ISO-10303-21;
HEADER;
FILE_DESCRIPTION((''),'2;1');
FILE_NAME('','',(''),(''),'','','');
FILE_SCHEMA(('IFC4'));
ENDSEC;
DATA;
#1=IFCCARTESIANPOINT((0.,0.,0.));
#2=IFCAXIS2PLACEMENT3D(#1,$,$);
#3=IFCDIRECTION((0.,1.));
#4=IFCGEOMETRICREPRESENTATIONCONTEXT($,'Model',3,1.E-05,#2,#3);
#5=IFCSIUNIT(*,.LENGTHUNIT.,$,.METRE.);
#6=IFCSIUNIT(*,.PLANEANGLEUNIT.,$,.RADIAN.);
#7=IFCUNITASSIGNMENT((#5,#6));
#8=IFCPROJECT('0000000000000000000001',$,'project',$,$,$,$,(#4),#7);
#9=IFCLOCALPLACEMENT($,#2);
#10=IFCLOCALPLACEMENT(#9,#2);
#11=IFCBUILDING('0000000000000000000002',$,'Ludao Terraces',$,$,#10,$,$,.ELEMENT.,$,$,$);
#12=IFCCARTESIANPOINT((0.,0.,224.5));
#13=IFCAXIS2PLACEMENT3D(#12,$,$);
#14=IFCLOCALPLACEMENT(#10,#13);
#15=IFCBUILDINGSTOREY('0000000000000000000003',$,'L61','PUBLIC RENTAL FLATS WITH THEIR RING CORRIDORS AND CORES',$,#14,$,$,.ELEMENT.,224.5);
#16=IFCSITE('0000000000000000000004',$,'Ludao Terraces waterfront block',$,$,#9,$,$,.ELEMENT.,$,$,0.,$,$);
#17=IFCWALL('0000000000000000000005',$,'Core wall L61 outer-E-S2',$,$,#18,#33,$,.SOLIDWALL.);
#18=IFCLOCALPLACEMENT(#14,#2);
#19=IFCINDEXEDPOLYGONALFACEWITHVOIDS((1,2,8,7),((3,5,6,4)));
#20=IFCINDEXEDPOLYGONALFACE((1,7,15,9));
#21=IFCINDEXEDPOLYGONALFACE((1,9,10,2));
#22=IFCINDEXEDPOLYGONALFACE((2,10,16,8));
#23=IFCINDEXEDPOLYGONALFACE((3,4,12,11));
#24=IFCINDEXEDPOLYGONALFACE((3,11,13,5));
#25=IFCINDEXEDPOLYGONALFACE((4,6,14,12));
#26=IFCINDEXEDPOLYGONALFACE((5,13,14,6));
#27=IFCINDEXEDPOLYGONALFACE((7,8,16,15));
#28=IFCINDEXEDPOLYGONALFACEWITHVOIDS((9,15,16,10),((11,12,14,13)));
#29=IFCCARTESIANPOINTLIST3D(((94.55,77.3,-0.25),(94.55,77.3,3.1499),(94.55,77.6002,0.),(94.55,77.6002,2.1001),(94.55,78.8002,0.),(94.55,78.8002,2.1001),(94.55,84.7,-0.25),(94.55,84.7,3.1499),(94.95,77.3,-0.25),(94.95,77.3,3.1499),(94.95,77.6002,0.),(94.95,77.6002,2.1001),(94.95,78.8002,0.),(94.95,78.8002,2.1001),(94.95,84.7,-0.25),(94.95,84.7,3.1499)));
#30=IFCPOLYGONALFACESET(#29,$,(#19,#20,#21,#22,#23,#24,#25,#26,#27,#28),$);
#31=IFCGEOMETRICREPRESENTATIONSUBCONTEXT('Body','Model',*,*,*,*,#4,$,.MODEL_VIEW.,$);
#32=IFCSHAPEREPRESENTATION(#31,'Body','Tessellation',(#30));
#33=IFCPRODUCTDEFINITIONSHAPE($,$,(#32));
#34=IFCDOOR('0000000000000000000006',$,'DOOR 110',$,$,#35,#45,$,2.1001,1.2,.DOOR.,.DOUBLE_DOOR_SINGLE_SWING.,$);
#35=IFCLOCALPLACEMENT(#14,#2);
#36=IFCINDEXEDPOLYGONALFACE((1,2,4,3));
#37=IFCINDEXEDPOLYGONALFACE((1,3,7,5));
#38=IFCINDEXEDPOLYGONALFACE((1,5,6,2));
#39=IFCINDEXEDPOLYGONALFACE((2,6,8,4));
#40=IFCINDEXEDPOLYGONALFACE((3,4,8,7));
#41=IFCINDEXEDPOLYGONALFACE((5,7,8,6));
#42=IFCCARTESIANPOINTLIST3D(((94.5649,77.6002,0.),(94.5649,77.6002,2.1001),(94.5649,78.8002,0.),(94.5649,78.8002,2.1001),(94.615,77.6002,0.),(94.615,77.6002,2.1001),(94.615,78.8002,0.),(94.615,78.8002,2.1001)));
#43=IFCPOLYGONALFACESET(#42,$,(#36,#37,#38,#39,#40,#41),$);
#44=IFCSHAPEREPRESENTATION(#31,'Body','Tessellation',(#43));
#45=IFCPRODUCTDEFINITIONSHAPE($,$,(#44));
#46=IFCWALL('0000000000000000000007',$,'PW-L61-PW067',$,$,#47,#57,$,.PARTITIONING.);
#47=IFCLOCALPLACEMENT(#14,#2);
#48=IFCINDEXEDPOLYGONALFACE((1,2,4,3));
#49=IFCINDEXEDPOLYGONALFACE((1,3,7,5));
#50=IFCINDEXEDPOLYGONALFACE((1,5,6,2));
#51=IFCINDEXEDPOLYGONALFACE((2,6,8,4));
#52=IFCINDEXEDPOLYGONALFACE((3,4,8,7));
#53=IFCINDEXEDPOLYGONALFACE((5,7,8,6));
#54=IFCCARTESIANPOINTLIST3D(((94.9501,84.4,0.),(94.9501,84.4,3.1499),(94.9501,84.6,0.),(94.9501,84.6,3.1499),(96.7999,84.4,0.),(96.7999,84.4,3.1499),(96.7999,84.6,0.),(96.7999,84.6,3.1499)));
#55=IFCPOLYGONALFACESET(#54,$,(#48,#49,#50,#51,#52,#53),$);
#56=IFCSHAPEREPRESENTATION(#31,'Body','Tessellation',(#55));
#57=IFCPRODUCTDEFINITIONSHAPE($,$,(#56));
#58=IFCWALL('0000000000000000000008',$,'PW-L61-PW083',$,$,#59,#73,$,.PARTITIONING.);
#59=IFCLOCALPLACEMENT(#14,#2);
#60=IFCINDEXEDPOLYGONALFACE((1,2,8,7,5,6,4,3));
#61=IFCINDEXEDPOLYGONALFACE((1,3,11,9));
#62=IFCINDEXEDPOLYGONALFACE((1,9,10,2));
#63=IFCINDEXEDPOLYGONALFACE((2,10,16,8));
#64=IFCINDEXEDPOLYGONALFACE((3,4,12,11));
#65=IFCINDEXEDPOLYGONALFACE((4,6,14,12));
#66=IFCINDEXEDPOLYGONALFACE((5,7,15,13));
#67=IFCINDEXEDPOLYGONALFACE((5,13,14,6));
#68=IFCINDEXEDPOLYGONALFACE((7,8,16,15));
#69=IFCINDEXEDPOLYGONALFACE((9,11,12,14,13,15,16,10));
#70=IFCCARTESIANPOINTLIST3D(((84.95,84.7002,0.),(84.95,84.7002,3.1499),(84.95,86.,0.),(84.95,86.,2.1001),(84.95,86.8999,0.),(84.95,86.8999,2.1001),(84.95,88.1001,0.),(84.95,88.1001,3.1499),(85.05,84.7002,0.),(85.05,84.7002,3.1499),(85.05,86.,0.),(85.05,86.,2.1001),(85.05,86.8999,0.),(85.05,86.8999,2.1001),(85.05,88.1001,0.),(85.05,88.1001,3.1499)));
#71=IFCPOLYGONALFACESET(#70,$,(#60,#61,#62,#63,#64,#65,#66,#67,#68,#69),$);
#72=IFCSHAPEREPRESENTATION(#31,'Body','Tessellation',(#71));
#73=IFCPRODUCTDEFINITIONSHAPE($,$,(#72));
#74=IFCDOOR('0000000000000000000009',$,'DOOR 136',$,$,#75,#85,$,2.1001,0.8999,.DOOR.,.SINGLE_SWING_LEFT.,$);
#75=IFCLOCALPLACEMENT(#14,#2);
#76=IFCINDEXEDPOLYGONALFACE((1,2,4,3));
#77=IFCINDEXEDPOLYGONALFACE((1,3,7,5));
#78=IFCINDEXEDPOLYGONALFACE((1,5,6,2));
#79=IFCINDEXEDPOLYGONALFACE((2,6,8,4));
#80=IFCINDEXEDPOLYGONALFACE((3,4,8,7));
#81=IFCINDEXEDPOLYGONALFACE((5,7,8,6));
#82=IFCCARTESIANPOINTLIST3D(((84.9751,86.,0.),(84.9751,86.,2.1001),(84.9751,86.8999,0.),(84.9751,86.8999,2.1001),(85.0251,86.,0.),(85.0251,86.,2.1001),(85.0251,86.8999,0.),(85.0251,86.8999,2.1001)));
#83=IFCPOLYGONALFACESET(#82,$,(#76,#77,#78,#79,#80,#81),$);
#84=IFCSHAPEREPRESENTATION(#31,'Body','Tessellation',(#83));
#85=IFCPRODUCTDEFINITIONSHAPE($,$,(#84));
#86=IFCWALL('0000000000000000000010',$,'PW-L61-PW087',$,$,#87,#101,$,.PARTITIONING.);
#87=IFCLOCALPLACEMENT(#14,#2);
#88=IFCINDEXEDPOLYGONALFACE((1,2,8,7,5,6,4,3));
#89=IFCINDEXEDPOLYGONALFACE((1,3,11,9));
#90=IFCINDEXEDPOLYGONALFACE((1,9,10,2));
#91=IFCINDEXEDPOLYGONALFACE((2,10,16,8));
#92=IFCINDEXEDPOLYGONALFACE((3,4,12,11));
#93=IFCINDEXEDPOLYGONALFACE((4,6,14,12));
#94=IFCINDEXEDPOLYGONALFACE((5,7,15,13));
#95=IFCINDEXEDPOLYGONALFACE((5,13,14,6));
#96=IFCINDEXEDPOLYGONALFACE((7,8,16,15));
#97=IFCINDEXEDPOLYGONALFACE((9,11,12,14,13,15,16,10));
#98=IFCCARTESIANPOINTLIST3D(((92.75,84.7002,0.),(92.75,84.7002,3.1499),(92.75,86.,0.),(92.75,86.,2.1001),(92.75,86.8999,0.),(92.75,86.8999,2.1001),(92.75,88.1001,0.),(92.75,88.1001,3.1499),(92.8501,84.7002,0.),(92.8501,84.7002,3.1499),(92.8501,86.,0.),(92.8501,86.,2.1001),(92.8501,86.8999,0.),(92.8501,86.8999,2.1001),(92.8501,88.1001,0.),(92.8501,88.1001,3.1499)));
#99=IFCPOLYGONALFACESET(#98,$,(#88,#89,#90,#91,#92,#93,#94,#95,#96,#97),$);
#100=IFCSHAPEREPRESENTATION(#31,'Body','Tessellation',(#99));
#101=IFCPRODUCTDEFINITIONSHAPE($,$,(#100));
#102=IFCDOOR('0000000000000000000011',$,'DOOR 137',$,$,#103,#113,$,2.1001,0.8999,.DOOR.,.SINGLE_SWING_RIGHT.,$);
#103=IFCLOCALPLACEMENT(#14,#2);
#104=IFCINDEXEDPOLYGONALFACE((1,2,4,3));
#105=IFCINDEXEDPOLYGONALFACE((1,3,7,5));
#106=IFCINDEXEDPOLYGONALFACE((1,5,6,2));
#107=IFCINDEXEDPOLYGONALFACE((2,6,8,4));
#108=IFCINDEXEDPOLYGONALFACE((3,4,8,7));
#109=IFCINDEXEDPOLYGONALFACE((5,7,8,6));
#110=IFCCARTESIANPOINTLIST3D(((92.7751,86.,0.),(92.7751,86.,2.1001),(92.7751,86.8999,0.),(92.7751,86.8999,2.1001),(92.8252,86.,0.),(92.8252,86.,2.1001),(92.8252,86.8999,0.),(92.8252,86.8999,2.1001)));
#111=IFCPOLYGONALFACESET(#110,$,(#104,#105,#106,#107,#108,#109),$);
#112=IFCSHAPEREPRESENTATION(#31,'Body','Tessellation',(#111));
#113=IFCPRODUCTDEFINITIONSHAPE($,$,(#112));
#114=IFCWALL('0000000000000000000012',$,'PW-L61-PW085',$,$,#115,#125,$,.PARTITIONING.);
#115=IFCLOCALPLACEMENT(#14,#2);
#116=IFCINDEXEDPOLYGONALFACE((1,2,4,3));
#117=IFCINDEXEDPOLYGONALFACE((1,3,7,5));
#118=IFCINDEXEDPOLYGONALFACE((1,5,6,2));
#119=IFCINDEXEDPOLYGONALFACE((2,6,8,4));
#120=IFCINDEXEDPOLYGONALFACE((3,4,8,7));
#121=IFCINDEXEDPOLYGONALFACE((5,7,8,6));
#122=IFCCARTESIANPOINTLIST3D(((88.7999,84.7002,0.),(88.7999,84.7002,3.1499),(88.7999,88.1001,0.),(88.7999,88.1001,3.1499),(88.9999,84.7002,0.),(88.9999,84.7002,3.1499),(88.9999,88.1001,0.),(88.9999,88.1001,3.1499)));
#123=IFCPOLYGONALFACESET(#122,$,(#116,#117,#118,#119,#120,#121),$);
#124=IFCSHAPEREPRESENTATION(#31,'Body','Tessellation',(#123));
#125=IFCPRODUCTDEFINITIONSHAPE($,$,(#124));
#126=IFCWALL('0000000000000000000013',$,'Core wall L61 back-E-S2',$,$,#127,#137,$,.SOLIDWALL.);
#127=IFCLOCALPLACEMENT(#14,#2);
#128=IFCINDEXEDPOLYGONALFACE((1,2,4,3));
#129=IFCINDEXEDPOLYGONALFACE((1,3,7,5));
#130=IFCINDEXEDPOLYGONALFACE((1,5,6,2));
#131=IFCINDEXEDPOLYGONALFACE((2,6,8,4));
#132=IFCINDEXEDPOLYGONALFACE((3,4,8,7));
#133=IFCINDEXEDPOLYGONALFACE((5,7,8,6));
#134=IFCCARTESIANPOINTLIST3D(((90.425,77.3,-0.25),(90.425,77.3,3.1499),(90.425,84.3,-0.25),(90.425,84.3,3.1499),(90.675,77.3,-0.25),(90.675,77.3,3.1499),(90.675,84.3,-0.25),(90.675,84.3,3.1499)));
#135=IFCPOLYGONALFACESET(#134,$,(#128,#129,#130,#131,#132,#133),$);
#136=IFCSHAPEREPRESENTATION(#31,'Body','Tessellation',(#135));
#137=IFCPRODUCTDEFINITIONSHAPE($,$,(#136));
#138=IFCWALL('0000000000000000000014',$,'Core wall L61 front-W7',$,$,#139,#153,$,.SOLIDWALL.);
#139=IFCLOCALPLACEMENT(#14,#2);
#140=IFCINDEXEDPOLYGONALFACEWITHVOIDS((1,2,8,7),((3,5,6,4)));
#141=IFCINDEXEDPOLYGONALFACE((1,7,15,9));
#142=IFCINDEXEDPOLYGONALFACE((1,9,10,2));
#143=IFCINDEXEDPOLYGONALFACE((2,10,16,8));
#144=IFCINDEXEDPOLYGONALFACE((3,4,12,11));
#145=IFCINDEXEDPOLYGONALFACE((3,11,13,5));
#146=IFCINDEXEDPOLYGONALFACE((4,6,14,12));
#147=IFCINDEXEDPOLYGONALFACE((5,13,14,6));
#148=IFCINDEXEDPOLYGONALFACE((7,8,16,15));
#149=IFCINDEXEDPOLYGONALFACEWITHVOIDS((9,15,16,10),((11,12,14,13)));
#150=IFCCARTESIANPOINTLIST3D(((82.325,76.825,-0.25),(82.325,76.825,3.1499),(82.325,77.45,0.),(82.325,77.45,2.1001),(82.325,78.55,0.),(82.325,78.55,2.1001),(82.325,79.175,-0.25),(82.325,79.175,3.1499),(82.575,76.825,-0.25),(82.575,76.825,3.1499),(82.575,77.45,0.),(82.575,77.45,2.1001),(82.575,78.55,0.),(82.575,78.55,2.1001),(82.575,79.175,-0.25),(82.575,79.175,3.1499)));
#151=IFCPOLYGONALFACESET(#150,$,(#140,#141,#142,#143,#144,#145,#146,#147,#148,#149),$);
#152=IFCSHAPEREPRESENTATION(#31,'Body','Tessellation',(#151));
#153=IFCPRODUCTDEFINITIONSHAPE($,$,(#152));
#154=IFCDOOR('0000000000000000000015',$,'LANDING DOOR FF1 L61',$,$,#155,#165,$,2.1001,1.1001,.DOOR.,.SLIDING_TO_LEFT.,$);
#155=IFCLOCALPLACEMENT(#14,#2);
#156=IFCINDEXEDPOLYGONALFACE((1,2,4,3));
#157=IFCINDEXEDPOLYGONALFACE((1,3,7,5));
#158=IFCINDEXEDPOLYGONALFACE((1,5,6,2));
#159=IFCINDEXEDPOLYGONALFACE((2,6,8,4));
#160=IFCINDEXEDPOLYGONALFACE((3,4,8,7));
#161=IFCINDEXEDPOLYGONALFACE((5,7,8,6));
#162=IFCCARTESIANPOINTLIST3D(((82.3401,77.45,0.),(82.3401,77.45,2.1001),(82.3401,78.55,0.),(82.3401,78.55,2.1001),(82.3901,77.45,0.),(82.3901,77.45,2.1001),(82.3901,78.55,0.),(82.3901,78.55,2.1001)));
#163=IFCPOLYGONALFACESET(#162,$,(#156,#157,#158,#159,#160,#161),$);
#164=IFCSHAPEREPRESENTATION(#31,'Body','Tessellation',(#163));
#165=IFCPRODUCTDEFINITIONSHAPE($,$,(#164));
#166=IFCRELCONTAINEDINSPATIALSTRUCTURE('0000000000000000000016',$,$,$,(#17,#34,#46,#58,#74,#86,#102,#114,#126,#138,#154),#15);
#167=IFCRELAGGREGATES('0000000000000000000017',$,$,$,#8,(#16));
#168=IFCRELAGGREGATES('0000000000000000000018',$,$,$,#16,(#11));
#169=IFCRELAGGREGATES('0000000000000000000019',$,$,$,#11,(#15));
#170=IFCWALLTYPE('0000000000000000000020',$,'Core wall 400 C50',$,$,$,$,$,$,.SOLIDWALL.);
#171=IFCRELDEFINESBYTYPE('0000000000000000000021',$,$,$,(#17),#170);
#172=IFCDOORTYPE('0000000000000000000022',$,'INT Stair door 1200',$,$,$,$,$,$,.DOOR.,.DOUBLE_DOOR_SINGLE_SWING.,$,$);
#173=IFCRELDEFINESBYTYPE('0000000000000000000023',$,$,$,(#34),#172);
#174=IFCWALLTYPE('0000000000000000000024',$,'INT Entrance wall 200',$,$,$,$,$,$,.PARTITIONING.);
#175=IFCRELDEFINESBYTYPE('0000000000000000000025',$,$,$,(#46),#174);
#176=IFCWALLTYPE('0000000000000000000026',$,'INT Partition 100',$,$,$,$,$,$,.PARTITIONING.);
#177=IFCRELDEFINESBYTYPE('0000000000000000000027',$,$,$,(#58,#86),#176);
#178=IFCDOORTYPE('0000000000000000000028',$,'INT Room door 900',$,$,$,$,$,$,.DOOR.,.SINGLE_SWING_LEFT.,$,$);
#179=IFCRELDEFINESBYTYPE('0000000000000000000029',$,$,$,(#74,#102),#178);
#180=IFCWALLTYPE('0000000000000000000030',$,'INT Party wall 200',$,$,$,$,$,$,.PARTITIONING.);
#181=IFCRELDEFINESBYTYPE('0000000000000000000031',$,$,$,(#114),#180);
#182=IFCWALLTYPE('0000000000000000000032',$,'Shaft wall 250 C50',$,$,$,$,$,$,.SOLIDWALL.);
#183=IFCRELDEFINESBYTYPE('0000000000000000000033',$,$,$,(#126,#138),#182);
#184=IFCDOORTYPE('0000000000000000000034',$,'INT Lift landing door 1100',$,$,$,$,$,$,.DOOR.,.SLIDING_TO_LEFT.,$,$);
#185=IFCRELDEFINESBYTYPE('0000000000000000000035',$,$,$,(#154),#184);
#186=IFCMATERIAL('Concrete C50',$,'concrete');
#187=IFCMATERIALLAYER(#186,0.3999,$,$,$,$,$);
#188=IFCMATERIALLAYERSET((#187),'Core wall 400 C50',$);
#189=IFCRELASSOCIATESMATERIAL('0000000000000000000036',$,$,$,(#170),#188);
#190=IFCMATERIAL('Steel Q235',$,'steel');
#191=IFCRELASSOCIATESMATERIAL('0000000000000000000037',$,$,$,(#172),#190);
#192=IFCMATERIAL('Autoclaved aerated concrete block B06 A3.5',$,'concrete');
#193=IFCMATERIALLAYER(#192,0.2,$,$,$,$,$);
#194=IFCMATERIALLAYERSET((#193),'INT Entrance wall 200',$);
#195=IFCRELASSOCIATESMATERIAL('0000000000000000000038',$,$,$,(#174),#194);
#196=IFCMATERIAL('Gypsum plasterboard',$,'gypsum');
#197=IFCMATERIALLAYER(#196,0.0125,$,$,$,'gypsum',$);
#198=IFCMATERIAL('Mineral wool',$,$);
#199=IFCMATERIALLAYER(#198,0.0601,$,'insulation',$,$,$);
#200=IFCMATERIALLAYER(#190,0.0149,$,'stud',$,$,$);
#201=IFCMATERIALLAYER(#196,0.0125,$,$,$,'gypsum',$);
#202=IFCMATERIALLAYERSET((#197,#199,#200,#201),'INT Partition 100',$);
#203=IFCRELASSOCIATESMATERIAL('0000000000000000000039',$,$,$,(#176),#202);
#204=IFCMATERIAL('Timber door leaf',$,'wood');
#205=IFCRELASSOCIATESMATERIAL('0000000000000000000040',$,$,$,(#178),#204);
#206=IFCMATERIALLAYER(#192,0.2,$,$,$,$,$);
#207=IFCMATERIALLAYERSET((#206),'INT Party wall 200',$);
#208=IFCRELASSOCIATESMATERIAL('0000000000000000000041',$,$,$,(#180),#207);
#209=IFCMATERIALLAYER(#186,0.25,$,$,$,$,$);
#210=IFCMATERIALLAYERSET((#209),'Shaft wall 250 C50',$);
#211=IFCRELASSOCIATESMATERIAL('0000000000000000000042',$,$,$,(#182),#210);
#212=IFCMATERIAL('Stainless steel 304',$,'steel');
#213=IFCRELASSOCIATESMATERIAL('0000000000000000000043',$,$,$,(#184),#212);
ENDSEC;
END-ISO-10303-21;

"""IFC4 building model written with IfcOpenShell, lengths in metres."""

from ifc_helpers import new_model, si_unit, direction, frame, frame_2d, origin, place, context, subcontext, project, spatial, rectangle, extrude, material, layer, layer_set, type_object, element, fill, save


model = new_model("IFC4")

# Units and contexts
model_context = context("Model", 3, precision=1e-05, world=origin(), true_north=direction((0.0, 1.0)))
body_context = subcontext(model_context, "Body", "Model", "MODEL_VIEW")
ifc_project = project(units=[si_unit("LENGTHUNIT", "METRE"), si_unit("PLANEANGLEUNIT", "RADIAN")], contexts=[model_context])

# Site, building, storey
site_placement = place(None, origin())
site = spatial("IfcSite", under=ifc_project, at=site_placement, Name="Ludao Terraces waterfront block", CompositionType="ELEMENT", RefElevation=0.0)
building_placement = place(site_placement, origin())
building = spatial("IfcBuilding", under=site, at=building_placement, Name="Ludao Terraces", CompositionType="ELEMENT")
storey_placement = place(building_placement, frame((0.0, 0.0, 224.5)))
storey = spatial("IfcBuildingStorey", under=building, at=storey_placement, Name="L61", Description="PUBLIC RENTAL FLATS WITH THEIR RING CORRIDORS AND CORES", CompositionType="ELEMENT", Elevation=224.5)

# Wall, opening, door
ifc_material_1 = material(Name="Concrete C50", Category="concrete")
ifc_layer_1 = layer(ifc_material_1, 0.3999)
ifc_layer_set_1 = layer_set([ifc_layer_1], Name="Core wall 400 C50")
wall_type_1 = type_object("IfcWallType", Name="Core wall 400 C50", PredefinedType="SOLIDWALL", material=ifc_layer_set_1)
wall_1_placement = place(storey_placement, frame((94.75, 77.3, -0.25), z_axis=(0.0, 0.0, 1.0), x_axis=(0.0, 1.0, 0.0)))
wall_1 = element("IfcWall", 1, at=wall_1_placement, inside=storey, type_object=wall_type_1, Name="Core wall L61 outer-E-S2", PredefinedType="SOLIDWALL", context=body_context, shape_type="SweptSolid", body=[
    extrude(rectangle(XDim=7.3999, YDim=0.3999, at=frame_2d((3.7, 0.0))), origin(), (0.0, 0.0, 1.0), 3.3999),
])
opening_1_placement = place(wall_1_placement, frame((0.3, 0.0, 0.25)))
opening_1 = element("IfcOpeningElement", 2, at=opening_1_placement, cuts=wall_1, PredefinedType="OPENING", context=body_context, shape_type="SweptSolid", body=[
    extrude(rectangle(XDim=1.2, YDim=2.1001, at=frame_2d((0.6001, 1.05))), frame((0.0, 0.21, 0.0), z_axis=(0.0, -1.0, 0.0), x_axis=(1.0, 0.0, 0.0)), (0.0, 0.0, 1.0), 0.4199),
])
ifc_material_2 = material(Name="Steel Q235", Category="steel")
door_type_1 = type_object("IfcDoorType", Name="INT Stair door 1200", OperationType="DOUBLE_DOOR_SINGLE_SWING", PredefinedType="DOOR", material=ifc_material_2)
door_1_placement = place(opening_1_placement, origin())
door_1 = element("IfcDoor", 3, at=door_1_placement, inside=storey, type_object=door_type_1, Name="DOOR 110", OperationType="DOUBLE_DOOR_SINGLE_SWING", OverallHeight=2.1001, OverallWidth=1.2, PredefinedType="DOOR", context=body_context, shape_type="SweptSolid", body=[
    extrude(rectangle(XDim=1.2, YDim=2.1001, at=frame_2d((0.6001, 1.05))), frame((0.0, 0.1851, 0.0), z_axis=(0.0, -1.0, 0.0), x_axis=(1.0, 0.0, 0.0)), (0.0, 0.0, 1.0), 0.05),
])
fill(opening_1, door_1)

# Wall
ifc_material_3 = material(Name="Autoclaved aerated concrete block B06 A3.5", Category="concrete")
ifc_layer_2 = layer(ifc_material_3, 0.2)
ifc_layer_set_2 = layer_set([ifc_layer_2], Name="INT Entrance wall 200")
wall_type_2 = type_object("IfcWallType", Name="INT Entrance wall 200", PredefinedType="PARTITIONING", material=ifc_layer_set_2)
wall_2_placement = place(storey_placement, frame((94.9502, 84.5, 0.0), z_axis=(0.0, 0.0, 1.0), x_axis=(1.0, 0.0, 0.0)))
element("IfcWall", 4, at=wall_2_placement, inside=storey, type_object=wall_type_2, Name="PW-L61-PW067", PredefinedType="PARTITIONING", context=body_context, shape_type="SweptSolid", body=[
    extrude(rectangle(XDim=1.8499, YDim=0.2, at=frame_2d((0.9248, 0.0))), origin(), (0.0, 0.0, 1.0), 3.1499),
])

# Walls, openings, doors
ifc_material_4 = material(Name="Gypsum plasterboard", Category="gypsum")
ifc_layer_3 = layer(ifc_material_4, 0.0125, Category="gypsum")
ifc_material_5 = material(Name="Mineral wool")
ifc_layer_4 = layer(ifc_material_5, 0.0601, Name="insulation")
ifc_layer_5 = layer(ifc_material_2, 0.0149, Name="stud")
ifc_layer_6 = layer(ifc_material_4, 0.0125, Category="gypsum")
ifc_layer_set_3 = layer_set([ifc_layer_3, ifc_layer_4, ifc_layer_5, ifc_layer_6], Name="INT Partition 100")
wall_type_3 = type_object("IfcWallType", Name="INT Partition 100", PredefinedType="PARTITIONING", material=ifc_layer_set_3)
wall_3_placement = place(storey_placement, frame((85.0, 84.7002, 0.0), z_axis=(0.0, 0.0, 1.0), x_axis=(0.0, 1.0, 0.0)))
wall_3 = element("IfcWall", 5, at=wall_3_placement, inside=storey, type_object=wall_type_3, Name="PW-L61-PW083", PredefinedType="PARTITIONING", context=body_context, shape_type="SweptSolid", body=[
    extrude(rectangle(XDim=3.3999, YDim=0.1001, at=frame_2d((1.7, 0.0))), origin(), (0.0, 0.0, 1.0), 3.1499),
])
opening_2_placement = place(wall_3_placement, frame((1.2998, 0.0, 0.0)))
opening_2 = element("IfcOpeningElement", 6, at=opening_2_placement, cuts=wall_3, PredefinedType="OPENING", context=body_context, shape_type="SweptSolid", body=[
    extrude(rectangle(XDim=0.8999, YDim=2.1001, at=frame_2d((0.45, 1.05))), frame((0.0, 0.0601, 0.0), z_axis=(0.0, -1.0, 0.0), x_axis=(1.0, 0.0, 0.0)), (0.0, 0.0, 1.0), 0.1201),
])
ifc_material_6 = material(Name="Timber door leaf", Category="wood")
door_type_2 = type_object("IfcDoorType", Name="INT Room door 900", OperationType="SINGLE_SWING_LEFT", PredefinedType="DOOR", material=ifc_material_6)
door_2_placement = place(opening_2_placement, origin())
door_2 = element("IfcDoor", 7, at=door_2_placement, inside=storey, type_object=door_type_2, Name="DOOR 136", OperationType="SINGLE_SWING_LEFT", OverallHeight=2.1001, OverallWidth=0.8999, PredefinedType="DOOR", context=body_context, shape_type="SweptSolid", body=[
    extrude(rectangle(XDim=0.8999, YDim=2.1001, at=frame_2d((0.45, 1.05))), frame((0.0, 0.0249, 0.0), z_axis=(0.0, -1.0, 0.0), x_axis=(1.0, 0.0, 0.0)), (0.0, 0.0, 1.0), 0.05),
])
fill(opening_2, door_2)
wall_4_placement = place(storey_placement, frame((92.8, 84.7002, 0.0), z_axis=(0.0, 0.0, 1.0), x_axis=(0.0, 1.0, 0.0)))
wall_4 = element("IfcWall", 8, at=wall_4_placement, inside=storey, type_object=wall_type_3, Name="PW-L61-PW087", PredefinedType="PARTITIONING", context=body_context, shape_type="SweptSolid", body=[
    extrude(rectangle(XDim=3.3999, YDim=0.1001, at=frame_2d((1.7, 0.0))), origin(), (0.0, 0.0, 1.0), 3.1499),
])
opening_3_placement = place(wall_4_placement, frame((1.2998, 0.0, 0.0)))
opening_3 = element("IfcOpeningElement", 9, at=opening_3_placement, cuts=wall_4, PredefinedType="OPENING", context=body_context, shape_type="SweptSolid", body=[
    extrude(rectangle(XDim=0.8999, YDim=2.1001, at=frame_2d((0.45, 1.05))), frame((0.0, 0.0601, 0.0), z_axis=(0.0, -1.0, 0.0), x_axis=(1.0, 0.0, 0.0)), (0.0, 0.0, 1.0), 0.1201),
])
door_3_placement = place(opening_3_placement, origin())
door_3 = element("IfcDoor", 10, at=door_3_placement, inside=storey, type_object=door_type_2, Name="DOOR 137", OperationType="SINGLE_SWING_RIGHT", OverallHeight=2.1001, OverallWidth=0.8999, PredefinedType="DOOR", context=body_context, shape_type="SweptSolid", body=[
    extrude(rectangle(XDim=0.8999, YDim=2.1001, at=frame_2d((0.45, 1.05))), frame((0.0, 0.0249, 0.0), z_axis=(0.0, -1.0, 0.0), x_axis=(1.0, 0.0, 0.0)), (0.0, 0.0, 1.0), 0.05),
])
fill(opening_3, door_3)

# Walls
ifc_layer_7 = layer(ifc_material_3, 0.2)
ifc_layer_set_4 = layer_set([ifc_layer_7], Name="INT Party wall 200")
wall_type_4 = type_object("IfcWallType", Name="INT Party wall 200", PredefinedType="PARTITIONING", material=ifc_layer_set_4)
wall_5_placement = place(storey_placement, frame((88.8999, 84.7002, 0.0), z_axis=(0.0, 0.0, 1.0), x_axis=(0.0, 1.0, 0.0)))
element("IfcWall", 11, at=wall_5_placement, inside=storey, type_object=wall_type_4, Name="PW-L61-PW085", PredefinedType="PARTITIONING", context=body_context, shape_type="SweptSolid", body=[
    extrude(rectangle(XDim=3.3999, YDim=0.2, at=frame_2d((1.7, 0.0))), origin(), (0.0, 0.0, 1.0), 3.1499),
])
ifc_layer_8 = layer(ifc_material_1, 0.25)
ifc_layer_set_5 = layer_set([ifc_layer_8], Name="Shaft wall 250 C50")
wall_type_5 = type_object("IfcWallType", Name="Shaft wall 250 C50", PredefinedType="SOLIDWALL", material=ifc_layer_set_5)
wall_6_placement = place(storey_placement, frame((90.55, 77.3, -0.25), z_axis=(0.0, 0.0, 1.0), x_axis=(0.0, 1.0, 0.0)))
element("IfcWall", 12, at=wall_6_placement, inside=storey, type_object=wall_type_5, Name="Core wall L61 back-E-S2", PredefinedType="SOLIDWALL", context=body_context, shape_type="SweptSolid", body=[
    extrude(rectangle(XDim=7.0, YDim=0.25, at=frame_2d((3.5, 0.0))), origin(), (0.0, 0.0, 1.0), 3.3999),
])

# Wall, opening, door
wall_7_placement = place(storey_placement, frame((82.45, 76.825, -0.25), z_axis=(0.0, 0.0, 1.0), x_axis=(0.0, 1.0, 0.0)))
wall_7 = element("IfcWall", 13, at=wall_7_placement, inside=storey, type_object=wall_type_5, Name="Core wall L61 front-W7", PredefinedType="SOLIDWALL", context=body_context, shape_type="SweptSolid", body=[
    extrude(rectangle(XDim=2.3501, YDim=0.25, at=frame_2d((1.175, 0.0))), origin(), (0.0, 0.0, 1.0), 3.3999),
])
opening_4_placement = place(wall_7_placement, frame((0.625, 0.0, 0.25)))
opening_4 = element("IfcOpeningElement", 14, at=opening_4_placement, cuts=wall_7, PredefinedType="OPENING", context=body_context, shape_type="SweptSolid", body=[
    extrude(rectangle(XDim=1.1001, YDim=2.1001, at=frame_2d((0.55, 1.05))), frame((0.0, 0.135, 0.0), z_axis=(0.0, -1.0, 0.0), x_axis=(1.0, 0.0, 0.0)), (0.0, 0.0, 1.0), 0.27),
])
ifc_material_7 = material(Name="Stainless steel 304", Category="steel")
door_type_3 = type_object("IfcDoorType", Name="INT Lift landing door 1100", OperationType="SLIDING_TO_LEFT", PredefinedType="DOOR", material=ifc_material_7)
door_4_placement = place(opening_4_placement, origin())
door_4 = element("IfcDoor", 15, at=door_4_placement, inside=storey, type_object=door_type_3, Name="LANDING DOOR FF1 L61", OperationType="SLIDING_TO_LEFT", OverallHeight=2.1001, OverallWidth=1.1001, PredefinedType="DOOR", context=body_context, shape_type="SweptSolid", body=[
    extrude(rectangle(XDim=1.1001, YDim=2.1001, at=frame_2d((0.55, 1.05))), frame((0.0, 0.1099, 0.0), z_axis=(0.0, -1.0, 0.0), x_axis=(1.0, 0.0, 0.0)), (0.0, 0.0, 1.0), 0.05),
])
fill(opening_4, door_4)

save(model, "model.ifc")
